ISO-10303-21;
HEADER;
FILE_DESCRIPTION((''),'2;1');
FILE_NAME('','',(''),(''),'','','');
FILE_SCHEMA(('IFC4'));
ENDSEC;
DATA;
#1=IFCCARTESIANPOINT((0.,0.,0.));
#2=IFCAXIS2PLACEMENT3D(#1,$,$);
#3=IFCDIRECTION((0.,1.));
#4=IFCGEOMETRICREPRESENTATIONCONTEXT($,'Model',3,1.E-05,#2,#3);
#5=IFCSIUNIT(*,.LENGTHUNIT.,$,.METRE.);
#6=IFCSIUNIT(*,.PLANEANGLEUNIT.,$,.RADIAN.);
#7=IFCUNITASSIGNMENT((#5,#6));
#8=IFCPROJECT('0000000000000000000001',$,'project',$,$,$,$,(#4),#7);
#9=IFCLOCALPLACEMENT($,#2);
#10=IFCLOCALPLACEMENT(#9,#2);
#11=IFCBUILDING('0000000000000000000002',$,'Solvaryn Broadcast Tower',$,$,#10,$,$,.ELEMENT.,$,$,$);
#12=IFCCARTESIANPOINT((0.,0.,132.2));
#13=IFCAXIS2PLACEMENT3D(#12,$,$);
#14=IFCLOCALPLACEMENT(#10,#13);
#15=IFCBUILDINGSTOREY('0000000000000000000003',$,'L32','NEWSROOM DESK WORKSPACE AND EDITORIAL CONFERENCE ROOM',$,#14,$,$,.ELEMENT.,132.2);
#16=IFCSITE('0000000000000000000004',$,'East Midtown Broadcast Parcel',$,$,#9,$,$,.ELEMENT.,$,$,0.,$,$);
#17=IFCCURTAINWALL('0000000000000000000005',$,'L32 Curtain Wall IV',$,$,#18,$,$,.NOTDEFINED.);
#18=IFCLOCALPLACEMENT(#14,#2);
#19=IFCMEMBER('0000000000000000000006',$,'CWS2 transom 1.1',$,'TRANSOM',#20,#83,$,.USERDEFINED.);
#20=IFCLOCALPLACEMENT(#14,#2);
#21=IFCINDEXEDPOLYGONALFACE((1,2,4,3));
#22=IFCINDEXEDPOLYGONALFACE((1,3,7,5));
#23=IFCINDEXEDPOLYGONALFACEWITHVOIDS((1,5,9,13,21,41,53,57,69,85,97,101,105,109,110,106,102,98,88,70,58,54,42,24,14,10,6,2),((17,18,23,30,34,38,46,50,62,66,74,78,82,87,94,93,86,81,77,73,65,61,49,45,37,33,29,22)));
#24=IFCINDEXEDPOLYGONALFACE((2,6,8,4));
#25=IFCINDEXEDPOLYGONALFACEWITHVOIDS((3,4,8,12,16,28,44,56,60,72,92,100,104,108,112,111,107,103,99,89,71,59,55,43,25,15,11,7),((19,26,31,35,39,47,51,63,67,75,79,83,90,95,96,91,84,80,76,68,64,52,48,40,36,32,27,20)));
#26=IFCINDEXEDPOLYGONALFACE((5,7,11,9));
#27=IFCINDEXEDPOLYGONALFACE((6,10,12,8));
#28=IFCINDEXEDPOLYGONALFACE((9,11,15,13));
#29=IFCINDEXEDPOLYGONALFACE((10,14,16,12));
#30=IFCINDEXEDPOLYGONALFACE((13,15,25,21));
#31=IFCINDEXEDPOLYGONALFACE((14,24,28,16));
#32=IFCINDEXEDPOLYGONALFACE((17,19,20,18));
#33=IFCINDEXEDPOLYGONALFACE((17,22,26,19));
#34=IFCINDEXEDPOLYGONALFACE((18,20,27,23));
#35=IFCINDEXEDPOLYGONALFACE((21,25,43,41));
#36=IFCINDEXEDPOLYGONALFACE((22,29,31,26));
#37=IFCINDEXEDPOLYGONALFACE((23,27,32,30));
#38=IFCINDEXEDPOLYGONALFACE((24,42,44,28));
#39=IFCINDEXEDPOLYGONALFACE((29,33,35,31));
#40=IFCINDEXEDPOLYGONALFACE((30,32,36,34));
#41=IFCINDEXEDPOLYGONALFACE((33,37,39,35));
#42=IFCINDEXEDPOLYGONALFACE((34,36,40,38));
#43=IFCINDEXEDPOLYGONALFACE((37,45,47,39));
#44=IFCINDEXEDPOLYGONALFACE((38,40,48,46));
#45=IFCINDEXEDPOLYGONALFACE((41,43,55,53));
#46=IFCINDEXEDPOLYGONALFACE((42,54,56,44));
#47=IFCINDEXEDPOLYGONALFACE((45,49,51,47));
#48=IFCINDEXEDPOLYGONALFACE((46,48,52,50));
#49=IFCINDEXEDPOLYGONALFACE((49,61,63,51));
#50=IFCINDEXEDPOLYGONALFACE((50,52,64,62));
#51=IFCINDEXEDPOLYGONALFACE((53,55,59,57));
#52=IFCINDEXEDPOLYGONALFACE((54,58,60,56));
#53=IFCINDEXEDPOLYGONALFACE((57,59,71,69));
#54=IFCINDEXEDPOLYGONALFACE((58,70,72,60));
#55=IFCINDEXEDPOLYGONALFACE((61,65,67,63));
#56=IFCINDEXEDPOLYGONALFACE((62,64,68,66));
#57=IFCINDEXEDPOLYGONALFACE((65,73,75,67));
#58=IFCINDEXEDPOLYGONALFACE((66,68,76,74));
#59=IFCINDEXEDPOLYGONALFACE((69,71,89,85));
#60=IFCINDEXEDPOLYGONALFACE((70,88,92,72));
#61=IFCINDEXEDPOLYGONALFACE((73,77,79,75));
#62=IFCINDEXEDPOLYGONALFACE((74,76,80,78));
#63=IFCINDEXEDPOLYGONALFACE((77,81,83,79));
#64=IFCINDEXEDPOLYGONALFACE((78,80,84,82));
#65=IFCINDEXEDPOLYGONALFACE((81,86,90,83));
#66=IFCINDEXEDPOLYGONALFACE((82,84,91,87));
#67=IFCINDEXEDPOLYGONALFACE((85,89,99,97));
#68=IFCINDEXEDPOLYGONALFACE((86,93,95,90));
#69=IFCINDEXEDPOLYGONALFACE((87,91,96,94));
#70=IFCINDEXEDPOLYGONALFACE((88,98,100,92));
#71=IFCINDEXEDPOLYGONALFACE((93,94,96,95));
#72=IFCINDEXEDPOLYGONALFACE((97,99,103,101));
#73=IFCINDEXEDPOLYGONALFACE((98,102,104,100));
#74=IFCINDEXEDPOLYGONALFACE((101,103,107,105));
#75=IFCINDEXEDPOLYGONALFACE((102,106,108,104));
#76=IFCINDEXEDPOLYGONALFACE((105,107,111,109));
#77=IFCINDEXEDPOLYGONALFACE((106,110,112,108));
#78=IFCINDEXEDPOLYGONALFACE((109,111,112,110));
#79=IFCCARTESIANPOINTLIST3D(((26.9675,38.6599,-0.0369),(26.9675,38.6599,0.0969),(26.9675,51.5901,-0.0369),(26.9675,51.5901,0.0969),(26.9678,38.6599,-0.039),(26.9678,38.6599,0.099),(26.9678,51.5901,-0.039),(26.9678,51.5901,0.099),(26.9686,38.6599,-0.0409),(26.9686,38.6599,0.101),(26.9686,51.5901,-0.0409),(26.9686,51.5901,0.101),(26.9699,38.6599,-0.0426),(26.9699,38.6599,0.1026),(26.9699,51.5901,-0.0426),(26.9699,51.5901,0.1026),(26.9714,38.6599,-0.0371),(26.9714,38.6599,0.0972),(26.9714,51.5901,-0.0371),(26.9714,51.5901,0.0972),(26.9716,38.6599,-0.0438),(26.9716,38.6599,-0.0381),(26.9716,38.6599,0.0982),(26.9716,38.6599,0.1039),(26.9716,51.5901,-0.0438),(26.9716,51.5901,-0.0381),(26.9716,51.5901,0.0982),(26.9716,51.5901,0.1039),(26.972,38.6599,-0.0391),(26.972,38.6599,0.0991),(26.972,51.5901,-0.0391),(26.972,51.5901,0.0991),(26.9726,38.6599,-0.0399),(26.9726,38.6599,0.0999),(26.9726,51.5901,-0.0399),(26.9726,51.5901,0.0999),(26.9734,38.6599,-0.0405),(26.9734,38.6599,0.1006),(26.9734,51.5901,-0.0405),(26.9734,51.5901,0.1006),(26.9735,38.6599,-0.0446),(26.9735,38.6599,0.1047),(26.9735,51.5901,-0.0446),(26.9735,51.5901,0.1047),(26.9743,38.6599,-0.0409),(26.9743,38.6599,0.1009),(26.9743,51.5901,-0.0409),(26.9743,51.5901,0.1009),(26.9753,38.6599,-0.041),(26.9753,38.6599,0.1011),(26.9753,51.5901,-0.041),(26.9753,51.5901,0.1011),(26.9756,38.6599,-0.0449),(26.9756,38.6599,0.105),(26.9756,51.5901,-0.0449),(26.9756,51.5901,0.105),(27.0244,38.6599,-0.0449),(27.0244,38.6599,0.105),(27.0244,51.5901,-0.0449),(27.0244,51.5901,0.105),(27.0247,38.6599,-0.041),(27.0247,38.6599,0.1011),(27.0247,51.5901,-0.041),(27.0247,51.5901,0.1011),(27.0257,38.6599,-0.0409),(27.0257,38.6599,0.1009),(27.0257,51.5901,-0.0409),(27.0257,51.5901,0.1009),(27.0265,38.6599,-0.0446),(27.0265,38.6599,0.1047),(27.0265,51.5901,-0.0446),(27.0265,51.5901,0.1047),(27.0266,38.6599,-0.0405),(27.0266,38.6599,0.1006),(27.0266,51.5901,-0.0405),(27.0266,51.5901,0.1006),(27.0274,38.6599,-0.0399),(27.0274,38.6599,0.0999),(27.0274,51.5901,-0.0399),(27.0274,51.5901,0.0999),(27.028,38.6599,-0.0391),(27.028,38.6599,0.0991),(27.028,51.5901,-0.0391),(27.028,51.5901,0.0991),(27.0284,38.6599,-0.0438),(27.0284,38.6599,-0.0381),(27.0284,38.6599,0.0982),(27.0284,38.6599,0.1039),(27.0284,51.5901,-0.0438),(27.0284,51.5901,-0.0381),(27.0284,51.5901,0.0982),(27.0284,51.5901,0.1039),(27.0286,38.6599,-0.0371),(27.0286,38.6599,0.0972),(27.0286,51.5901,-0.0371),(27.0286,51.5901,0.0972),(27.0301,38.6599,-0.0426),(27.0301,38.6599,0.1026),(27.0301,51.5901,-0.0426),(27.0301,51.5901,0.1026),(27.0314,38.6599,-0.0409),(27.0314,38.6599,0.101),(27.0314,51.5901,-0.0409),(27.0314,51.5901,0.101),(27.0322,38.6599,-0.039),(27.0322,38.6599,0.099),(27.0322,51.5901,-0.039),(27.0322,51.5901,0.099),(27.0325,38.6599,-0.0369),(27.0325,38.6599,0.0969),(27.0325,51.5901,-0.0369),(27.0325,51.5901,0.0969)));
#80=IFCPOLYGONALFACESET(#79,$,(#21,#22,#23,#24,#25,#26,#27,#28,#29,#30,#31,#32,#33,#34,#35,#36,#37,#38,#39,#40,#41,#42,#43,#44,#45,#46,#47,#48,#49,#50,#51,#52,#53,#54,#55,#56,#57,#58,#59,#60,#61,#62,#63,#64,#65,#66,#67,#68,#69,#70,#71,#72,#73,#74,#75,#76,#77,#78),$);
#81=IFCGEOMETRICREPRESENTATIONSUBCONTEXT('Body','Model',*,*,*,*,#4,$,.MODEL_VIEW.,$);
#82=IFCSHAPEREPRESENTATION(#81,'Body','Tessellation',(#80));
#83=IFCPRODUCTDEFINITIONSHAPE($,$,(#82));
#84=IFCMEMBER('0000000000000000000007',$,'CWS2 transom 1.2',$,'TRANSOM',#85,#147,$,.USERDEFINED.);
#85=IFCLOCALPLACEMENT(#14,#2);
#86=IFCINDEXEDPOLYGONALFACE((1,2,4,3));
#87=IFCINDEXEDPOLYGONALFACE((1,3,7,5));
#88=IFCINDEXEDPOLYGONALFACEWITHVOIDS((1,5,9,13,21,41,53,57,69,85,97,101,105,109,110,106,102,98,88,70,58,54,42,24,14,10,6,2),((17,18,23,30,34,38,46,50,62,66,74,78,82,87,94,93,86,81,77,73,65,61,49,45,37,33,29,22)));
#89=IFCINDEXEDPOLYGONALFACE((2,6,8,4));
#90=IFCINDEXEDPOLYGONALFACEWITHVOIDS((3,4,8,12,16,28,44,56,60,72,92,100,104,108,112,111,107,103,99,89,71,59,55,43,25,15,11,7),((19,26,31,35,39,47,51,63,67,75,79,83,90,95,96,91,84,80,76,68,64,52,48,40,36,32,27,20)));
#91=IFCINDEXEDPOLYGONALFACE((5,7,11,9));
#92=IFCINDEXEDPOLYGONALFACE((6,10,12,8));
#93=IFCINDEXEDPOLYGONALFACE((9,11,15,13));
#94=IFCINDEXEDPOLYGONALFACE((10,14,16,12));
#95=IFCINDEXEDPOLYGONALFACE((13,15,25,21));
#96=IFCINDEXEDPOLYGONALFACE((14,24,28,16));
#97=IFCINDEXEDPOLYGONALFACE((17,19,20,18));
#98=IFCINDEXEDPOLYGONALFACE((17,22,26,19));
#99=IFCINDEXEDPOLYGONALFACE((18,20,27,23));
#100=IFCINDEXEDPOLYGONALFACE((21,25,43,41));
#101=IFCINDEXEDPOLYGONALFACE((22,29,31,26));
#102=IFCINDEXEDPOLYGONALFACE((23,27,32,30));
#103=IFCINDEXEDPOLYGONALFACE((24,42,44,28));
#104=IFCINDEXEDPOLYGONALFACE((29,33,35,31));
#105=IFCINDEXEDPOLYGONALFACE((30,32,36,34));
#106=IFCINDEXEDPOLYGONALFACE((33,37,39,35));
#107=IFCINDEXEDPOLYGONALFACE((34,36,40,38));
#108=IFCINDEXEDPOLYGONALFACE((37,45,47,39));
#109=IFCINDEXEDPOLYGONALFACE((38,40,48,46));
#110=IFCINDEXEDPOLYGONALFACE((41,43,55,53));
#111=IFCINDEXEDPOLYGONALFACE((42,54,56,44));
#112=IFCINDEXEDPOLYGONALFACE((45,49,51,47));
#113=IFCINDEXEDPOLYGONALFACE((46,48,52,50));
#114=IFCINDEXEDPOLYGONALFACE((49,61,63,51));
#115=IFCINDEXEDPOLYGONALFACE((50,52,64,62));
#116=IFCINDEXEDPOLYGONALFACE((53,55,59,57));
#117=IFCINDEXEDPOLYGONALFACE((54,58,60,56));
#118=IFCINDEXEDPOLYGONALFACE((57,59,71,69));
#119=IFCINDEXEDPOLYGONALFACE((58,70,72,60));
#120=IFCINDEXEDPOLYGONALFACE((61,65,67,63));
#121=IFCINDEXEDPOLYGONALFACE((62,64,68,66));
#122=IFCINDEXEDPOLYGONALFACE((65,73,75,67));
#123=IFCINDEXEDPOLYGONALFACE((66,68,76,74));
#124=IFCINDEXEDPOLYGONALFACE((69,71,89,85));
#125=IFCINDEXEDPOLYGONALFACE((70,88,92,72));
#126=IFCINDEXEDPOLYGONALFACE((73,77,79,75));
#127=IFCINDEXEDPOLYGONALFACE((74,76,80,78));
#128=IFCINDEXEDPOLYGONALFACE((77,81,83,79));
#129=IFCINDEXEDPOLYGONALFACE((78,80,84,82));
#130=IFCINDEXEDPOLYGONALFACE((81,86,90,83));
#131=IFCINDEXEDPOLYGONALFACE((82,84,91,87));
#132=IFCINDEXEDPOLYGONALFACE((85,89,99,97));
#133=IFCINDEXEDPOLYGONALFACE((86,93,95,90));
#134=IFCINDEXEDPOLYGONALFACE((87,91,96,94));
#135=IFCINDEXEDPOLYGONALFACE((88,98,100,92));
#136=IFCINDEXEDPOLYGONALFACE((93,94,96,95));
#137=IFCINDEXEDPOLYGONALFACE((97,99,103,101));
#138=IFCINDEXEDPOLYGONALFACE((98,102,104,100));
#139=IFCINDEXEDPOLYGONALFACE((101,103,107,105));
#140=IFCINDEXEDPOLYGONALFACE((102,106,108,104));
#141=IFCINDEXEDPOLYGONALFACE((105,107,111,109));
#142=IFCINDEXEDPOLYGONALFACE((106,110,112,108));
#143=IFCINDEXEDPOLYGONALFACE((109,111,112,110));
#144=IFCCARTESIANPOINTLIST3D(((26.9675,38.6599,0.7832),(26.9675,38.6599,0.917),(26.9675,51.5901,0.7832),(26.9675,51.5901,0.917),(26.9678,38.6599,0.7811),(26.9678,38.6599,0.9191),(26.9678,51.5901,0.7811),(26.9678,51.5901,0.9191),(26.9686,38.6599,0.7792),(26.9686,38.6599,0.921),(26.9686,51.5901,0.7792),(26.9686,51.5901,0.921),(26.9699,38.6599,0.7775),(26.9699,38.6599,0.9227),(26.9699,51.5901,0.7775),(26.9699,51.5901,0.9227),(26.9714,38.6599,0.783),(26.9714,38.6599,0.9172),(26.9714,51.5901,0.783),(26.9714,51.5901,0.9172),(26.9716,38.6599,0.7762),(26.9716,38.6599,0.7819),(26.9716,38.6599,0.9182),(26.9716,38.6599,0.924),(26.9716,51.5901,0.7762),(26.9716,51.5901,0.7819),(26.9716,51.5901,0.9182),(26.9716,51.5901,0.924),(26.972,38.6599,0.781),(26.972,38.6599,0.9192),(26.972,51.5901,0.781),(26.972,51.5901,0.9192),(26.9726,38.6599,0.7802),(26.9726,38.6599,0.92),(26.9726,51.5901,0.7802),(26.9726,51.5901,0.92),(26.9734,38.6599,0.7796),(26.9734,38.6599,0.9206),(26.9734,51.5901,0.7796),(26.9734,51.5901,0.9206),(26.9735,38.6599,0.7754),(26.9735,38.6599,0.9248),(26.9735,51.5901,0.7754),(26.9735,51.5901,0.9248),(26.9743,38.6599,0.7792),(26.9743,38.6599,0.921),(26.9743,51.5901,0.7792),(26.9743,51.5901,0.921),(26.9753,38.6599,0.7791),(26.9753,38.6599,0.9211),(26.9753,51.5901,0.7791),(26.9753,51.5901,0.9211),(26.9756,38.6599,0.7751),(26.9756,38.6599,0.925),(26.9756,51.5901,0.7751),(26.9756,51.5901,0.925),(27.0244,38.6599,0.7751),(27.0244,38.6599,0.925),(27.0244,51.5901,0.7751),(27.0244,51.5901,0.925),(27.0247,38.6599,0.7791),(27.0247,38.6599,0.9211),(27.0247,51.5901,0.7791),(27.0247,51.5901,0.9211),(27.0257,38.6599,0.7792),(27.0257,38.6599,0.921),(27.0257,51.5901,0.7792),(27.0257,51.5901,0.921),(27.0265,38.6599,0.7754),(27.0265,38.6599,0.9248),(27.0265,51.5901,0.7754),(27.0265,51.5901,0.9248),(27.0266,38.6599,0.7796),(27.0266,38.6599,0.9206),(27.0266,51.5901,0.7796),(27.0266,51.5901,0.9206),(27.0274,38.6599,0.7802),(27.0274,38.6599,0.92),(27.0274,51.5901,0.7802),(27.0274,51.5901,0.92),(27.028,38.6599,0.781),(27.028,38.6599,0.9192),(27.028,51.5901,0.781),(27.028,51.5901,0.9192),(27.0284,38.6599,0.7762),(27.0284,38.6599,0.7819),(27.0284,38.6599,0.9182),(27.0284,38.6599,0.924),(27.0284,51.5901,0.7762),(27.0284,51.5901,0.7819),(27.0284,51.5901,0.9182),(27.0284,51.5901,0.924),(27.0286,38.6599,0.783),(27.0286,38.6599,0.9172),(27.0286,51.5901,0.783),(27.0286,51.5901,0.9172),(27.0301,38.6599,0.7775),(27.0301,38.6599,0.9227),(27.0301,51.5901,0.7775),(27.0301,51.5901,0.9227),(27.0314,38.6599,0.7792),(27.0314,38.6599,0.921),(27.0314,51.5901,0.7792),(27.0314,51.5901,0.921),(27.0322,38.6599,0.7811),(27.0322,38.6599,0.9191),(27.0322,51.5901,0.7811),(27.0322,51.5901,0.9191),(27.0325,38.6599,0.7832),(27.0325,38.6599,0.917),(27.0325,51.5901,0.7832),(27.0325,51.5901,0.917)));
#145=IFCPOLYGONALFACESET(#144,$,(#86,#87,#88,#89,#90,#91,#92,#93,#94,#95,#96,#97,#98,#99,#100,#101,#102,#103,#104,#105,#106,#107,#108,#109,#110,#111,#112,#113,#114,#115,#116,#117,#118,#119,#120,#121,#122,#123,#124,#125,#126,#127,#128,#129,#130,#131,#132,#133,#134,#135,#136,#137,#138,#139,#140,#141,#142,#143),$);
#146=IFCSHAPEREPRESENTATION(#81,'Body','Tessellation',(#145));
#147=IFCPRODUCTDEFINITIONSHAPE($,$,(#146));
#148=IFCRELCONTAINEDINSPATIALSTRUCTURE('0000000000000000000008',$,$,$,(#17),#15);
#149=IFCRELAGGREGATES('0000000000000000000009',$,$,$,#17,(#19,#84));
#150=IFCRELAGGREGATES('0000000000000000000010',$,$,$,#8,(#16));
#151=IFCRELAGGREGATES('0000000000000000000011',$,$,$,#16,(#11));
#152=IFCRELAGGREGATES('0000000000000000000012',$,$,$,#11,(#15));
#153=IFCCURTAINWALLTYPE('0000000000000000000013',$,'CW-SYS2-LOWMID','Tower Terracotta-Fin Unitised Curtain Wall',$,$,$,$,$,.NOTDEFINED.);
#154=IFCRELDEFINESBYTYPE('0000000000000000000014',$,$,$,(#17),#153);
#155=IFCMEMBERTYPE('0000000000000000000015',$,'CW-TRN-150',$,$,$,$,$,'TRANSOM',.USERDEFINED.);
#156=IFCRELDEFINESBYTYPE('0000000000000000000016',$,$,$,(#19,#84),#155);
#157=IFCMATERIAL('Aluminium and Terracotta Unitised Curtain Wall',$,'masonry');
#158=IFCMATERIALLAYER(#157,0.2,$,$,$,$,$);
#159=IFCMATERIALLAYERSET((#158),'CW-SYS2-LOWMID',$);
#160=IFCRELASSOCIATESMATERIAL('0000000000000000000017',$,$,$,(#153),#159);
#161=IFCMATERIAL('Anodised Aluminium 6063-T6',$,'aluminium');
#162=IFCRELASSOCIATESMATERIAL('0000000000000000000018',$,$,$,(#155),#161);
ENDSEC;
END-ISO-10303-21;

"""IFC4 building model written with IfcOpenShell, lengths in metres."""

from ifc_helpers import new_model, si_unit, direction, frame, origin, origin_2d, place, context, subcontext, project, spatial, hollow_rectangle, extrude, material, layer, layer_set, material_profile, profile_set, type_object, element, aggregate, save


model = new_model("IFC4")

# Units and contexts
model_context = context("Model", 3, precision=1e-05, world=origin(), true_north=direction((0.0, 1.0)))
body_context = subcontext(model_context, "Body", "Model", "MODEL_VIEW")
ifc_project = project(units=[si_unit("LENGTHUNIT", "METRE"), si_unit("PLANEANGLEUNIT", "RADIAN")], contexts=[model_context])

# Site, building, storey
site_placement = place(None, origin())
site = spatial("IfcSite", under=ifc_project, at=site_placement, Name="East Midtown Broadcast Parcel", CompositionType="ELEMENT", RefElevation=0.0)
building_placement = place(site_placement, origin())
building = spatial("IfcBuilding", under=site, at=building_placement, Name="Solvaryn Broadcast Tower", CompositionType="ELEMENT")
storey_placement = place(building_placement, frame((0.0, 0.0, 132.2)))
storey = spatial("IfcBuildingStorey", under=building, at=storey_placement, Name="L32", Description="NEWSROOM DESK WORKSPACE AND EDITORIAL CONFERENCE ROOM", CompositionType="ELEMENT", Elevation=132.2)

# Curtain wall
ifc_material_1 = material(Name="Aluminium and Terracotta Unitised Curtain Wall", Category="masonry")
ifc_layer_1 = layer(ifc_material_1, 0.2)
ifc_layer_set_1 = layer_set([ifc_layer_1], Name="CW-SYS2-LOWMID")
curtain_wall_type = type_object("IfcCurtainWallType", Name="CW-SYS2-LOWMID", Description="Tower Terracotta-Fin Unitised Curtain Wall", PredefinedType="NOTDEFINED", material=ifc_layer_set_1)
curtain_wall_1_placement = place(storey_placement, origin())
curtain_wall_1 = element("IfcCurtainWall", 1, at=curtain_wall_1_placement, inside=storey, type_object=curtain_wall_type, Name="L32 Curtain Wall IV", PredefinedType="NOTDEFINED")

# Members
ifc_material_2 = material(Name="Anodised Aluminium 6063-T6", Category="aluminium")
ifc_material_profile_1 = material_profile(ifc_material_2, hollow_rectangle(XDim=0.0649, YDim=0.1499, WallThickness=0.0039, InnerFilletRadius=0.0039, OuterFilletRadius=0.0081, at=origin_2d()))
ifc_profile_set_1 = profile_set([ifc_material_profile_1], Name="Anodised Aluminium 6063-T6")
member_type_1 = type_object("IfcMemberType", Name="CW-TRN-150", ElementType="TRANSOM", PredefinedType="USERDEFINED", material=ifc_profile_set_1)
member_1_placement = place(storey_placement, frame((27.0, 51.5901, 0.03), z_axis=(0.0, -1.0, 0.0), x_axis=(1.0, 0.0, 0.0)))
member_1 = element("IfcMember", 2, at=member_1_placement, type_object=member_type_1, Name="CWS2 transom 1.1", ObjectType="TRANSOM", PredefinedType="USERDEFINED", context=body_context, shape_type="SweptSolid", body=[
    extrude(hollow_rectangle(XDim=0.0649, YDim=0.1499, WallThickness=0.0039, InnerFilletRadius=0.0039, OuterFilletRadius=0.0081, at=origin_2d()), origin(), (0.0, 0.0, 1.0), 12.9302),
])
member_2_placement = place(storey_placement, frame((27.0, 51.5901, 0.8501), z_axis=(0.0, -1.0, 0.0), x_axis=(1.0, 0.0, 0.0)))
member_2 = element("IfcMember", 3, at=member_2_placement, type_object=member_type_1, Name="CWS2 transom 1.2", ObjectType="TRANSOM", PredefinedType="USERDEFINED", context=body_context, shape_type="SweptSolid", body=[
    extrude(hollow_rectangle(XDim=0.0649, YDim=0.1499, WallThickness=0.0039, InnerFilletRadius=0.0039, OuterFilletRadius=0.0081, at=origin_2d()), origin(), (0.0, 0.0, 1.0), 12.9302),
])

aggregate(curtain_wall_1, [member_1, member_2])

save(model, "model.ifc")
